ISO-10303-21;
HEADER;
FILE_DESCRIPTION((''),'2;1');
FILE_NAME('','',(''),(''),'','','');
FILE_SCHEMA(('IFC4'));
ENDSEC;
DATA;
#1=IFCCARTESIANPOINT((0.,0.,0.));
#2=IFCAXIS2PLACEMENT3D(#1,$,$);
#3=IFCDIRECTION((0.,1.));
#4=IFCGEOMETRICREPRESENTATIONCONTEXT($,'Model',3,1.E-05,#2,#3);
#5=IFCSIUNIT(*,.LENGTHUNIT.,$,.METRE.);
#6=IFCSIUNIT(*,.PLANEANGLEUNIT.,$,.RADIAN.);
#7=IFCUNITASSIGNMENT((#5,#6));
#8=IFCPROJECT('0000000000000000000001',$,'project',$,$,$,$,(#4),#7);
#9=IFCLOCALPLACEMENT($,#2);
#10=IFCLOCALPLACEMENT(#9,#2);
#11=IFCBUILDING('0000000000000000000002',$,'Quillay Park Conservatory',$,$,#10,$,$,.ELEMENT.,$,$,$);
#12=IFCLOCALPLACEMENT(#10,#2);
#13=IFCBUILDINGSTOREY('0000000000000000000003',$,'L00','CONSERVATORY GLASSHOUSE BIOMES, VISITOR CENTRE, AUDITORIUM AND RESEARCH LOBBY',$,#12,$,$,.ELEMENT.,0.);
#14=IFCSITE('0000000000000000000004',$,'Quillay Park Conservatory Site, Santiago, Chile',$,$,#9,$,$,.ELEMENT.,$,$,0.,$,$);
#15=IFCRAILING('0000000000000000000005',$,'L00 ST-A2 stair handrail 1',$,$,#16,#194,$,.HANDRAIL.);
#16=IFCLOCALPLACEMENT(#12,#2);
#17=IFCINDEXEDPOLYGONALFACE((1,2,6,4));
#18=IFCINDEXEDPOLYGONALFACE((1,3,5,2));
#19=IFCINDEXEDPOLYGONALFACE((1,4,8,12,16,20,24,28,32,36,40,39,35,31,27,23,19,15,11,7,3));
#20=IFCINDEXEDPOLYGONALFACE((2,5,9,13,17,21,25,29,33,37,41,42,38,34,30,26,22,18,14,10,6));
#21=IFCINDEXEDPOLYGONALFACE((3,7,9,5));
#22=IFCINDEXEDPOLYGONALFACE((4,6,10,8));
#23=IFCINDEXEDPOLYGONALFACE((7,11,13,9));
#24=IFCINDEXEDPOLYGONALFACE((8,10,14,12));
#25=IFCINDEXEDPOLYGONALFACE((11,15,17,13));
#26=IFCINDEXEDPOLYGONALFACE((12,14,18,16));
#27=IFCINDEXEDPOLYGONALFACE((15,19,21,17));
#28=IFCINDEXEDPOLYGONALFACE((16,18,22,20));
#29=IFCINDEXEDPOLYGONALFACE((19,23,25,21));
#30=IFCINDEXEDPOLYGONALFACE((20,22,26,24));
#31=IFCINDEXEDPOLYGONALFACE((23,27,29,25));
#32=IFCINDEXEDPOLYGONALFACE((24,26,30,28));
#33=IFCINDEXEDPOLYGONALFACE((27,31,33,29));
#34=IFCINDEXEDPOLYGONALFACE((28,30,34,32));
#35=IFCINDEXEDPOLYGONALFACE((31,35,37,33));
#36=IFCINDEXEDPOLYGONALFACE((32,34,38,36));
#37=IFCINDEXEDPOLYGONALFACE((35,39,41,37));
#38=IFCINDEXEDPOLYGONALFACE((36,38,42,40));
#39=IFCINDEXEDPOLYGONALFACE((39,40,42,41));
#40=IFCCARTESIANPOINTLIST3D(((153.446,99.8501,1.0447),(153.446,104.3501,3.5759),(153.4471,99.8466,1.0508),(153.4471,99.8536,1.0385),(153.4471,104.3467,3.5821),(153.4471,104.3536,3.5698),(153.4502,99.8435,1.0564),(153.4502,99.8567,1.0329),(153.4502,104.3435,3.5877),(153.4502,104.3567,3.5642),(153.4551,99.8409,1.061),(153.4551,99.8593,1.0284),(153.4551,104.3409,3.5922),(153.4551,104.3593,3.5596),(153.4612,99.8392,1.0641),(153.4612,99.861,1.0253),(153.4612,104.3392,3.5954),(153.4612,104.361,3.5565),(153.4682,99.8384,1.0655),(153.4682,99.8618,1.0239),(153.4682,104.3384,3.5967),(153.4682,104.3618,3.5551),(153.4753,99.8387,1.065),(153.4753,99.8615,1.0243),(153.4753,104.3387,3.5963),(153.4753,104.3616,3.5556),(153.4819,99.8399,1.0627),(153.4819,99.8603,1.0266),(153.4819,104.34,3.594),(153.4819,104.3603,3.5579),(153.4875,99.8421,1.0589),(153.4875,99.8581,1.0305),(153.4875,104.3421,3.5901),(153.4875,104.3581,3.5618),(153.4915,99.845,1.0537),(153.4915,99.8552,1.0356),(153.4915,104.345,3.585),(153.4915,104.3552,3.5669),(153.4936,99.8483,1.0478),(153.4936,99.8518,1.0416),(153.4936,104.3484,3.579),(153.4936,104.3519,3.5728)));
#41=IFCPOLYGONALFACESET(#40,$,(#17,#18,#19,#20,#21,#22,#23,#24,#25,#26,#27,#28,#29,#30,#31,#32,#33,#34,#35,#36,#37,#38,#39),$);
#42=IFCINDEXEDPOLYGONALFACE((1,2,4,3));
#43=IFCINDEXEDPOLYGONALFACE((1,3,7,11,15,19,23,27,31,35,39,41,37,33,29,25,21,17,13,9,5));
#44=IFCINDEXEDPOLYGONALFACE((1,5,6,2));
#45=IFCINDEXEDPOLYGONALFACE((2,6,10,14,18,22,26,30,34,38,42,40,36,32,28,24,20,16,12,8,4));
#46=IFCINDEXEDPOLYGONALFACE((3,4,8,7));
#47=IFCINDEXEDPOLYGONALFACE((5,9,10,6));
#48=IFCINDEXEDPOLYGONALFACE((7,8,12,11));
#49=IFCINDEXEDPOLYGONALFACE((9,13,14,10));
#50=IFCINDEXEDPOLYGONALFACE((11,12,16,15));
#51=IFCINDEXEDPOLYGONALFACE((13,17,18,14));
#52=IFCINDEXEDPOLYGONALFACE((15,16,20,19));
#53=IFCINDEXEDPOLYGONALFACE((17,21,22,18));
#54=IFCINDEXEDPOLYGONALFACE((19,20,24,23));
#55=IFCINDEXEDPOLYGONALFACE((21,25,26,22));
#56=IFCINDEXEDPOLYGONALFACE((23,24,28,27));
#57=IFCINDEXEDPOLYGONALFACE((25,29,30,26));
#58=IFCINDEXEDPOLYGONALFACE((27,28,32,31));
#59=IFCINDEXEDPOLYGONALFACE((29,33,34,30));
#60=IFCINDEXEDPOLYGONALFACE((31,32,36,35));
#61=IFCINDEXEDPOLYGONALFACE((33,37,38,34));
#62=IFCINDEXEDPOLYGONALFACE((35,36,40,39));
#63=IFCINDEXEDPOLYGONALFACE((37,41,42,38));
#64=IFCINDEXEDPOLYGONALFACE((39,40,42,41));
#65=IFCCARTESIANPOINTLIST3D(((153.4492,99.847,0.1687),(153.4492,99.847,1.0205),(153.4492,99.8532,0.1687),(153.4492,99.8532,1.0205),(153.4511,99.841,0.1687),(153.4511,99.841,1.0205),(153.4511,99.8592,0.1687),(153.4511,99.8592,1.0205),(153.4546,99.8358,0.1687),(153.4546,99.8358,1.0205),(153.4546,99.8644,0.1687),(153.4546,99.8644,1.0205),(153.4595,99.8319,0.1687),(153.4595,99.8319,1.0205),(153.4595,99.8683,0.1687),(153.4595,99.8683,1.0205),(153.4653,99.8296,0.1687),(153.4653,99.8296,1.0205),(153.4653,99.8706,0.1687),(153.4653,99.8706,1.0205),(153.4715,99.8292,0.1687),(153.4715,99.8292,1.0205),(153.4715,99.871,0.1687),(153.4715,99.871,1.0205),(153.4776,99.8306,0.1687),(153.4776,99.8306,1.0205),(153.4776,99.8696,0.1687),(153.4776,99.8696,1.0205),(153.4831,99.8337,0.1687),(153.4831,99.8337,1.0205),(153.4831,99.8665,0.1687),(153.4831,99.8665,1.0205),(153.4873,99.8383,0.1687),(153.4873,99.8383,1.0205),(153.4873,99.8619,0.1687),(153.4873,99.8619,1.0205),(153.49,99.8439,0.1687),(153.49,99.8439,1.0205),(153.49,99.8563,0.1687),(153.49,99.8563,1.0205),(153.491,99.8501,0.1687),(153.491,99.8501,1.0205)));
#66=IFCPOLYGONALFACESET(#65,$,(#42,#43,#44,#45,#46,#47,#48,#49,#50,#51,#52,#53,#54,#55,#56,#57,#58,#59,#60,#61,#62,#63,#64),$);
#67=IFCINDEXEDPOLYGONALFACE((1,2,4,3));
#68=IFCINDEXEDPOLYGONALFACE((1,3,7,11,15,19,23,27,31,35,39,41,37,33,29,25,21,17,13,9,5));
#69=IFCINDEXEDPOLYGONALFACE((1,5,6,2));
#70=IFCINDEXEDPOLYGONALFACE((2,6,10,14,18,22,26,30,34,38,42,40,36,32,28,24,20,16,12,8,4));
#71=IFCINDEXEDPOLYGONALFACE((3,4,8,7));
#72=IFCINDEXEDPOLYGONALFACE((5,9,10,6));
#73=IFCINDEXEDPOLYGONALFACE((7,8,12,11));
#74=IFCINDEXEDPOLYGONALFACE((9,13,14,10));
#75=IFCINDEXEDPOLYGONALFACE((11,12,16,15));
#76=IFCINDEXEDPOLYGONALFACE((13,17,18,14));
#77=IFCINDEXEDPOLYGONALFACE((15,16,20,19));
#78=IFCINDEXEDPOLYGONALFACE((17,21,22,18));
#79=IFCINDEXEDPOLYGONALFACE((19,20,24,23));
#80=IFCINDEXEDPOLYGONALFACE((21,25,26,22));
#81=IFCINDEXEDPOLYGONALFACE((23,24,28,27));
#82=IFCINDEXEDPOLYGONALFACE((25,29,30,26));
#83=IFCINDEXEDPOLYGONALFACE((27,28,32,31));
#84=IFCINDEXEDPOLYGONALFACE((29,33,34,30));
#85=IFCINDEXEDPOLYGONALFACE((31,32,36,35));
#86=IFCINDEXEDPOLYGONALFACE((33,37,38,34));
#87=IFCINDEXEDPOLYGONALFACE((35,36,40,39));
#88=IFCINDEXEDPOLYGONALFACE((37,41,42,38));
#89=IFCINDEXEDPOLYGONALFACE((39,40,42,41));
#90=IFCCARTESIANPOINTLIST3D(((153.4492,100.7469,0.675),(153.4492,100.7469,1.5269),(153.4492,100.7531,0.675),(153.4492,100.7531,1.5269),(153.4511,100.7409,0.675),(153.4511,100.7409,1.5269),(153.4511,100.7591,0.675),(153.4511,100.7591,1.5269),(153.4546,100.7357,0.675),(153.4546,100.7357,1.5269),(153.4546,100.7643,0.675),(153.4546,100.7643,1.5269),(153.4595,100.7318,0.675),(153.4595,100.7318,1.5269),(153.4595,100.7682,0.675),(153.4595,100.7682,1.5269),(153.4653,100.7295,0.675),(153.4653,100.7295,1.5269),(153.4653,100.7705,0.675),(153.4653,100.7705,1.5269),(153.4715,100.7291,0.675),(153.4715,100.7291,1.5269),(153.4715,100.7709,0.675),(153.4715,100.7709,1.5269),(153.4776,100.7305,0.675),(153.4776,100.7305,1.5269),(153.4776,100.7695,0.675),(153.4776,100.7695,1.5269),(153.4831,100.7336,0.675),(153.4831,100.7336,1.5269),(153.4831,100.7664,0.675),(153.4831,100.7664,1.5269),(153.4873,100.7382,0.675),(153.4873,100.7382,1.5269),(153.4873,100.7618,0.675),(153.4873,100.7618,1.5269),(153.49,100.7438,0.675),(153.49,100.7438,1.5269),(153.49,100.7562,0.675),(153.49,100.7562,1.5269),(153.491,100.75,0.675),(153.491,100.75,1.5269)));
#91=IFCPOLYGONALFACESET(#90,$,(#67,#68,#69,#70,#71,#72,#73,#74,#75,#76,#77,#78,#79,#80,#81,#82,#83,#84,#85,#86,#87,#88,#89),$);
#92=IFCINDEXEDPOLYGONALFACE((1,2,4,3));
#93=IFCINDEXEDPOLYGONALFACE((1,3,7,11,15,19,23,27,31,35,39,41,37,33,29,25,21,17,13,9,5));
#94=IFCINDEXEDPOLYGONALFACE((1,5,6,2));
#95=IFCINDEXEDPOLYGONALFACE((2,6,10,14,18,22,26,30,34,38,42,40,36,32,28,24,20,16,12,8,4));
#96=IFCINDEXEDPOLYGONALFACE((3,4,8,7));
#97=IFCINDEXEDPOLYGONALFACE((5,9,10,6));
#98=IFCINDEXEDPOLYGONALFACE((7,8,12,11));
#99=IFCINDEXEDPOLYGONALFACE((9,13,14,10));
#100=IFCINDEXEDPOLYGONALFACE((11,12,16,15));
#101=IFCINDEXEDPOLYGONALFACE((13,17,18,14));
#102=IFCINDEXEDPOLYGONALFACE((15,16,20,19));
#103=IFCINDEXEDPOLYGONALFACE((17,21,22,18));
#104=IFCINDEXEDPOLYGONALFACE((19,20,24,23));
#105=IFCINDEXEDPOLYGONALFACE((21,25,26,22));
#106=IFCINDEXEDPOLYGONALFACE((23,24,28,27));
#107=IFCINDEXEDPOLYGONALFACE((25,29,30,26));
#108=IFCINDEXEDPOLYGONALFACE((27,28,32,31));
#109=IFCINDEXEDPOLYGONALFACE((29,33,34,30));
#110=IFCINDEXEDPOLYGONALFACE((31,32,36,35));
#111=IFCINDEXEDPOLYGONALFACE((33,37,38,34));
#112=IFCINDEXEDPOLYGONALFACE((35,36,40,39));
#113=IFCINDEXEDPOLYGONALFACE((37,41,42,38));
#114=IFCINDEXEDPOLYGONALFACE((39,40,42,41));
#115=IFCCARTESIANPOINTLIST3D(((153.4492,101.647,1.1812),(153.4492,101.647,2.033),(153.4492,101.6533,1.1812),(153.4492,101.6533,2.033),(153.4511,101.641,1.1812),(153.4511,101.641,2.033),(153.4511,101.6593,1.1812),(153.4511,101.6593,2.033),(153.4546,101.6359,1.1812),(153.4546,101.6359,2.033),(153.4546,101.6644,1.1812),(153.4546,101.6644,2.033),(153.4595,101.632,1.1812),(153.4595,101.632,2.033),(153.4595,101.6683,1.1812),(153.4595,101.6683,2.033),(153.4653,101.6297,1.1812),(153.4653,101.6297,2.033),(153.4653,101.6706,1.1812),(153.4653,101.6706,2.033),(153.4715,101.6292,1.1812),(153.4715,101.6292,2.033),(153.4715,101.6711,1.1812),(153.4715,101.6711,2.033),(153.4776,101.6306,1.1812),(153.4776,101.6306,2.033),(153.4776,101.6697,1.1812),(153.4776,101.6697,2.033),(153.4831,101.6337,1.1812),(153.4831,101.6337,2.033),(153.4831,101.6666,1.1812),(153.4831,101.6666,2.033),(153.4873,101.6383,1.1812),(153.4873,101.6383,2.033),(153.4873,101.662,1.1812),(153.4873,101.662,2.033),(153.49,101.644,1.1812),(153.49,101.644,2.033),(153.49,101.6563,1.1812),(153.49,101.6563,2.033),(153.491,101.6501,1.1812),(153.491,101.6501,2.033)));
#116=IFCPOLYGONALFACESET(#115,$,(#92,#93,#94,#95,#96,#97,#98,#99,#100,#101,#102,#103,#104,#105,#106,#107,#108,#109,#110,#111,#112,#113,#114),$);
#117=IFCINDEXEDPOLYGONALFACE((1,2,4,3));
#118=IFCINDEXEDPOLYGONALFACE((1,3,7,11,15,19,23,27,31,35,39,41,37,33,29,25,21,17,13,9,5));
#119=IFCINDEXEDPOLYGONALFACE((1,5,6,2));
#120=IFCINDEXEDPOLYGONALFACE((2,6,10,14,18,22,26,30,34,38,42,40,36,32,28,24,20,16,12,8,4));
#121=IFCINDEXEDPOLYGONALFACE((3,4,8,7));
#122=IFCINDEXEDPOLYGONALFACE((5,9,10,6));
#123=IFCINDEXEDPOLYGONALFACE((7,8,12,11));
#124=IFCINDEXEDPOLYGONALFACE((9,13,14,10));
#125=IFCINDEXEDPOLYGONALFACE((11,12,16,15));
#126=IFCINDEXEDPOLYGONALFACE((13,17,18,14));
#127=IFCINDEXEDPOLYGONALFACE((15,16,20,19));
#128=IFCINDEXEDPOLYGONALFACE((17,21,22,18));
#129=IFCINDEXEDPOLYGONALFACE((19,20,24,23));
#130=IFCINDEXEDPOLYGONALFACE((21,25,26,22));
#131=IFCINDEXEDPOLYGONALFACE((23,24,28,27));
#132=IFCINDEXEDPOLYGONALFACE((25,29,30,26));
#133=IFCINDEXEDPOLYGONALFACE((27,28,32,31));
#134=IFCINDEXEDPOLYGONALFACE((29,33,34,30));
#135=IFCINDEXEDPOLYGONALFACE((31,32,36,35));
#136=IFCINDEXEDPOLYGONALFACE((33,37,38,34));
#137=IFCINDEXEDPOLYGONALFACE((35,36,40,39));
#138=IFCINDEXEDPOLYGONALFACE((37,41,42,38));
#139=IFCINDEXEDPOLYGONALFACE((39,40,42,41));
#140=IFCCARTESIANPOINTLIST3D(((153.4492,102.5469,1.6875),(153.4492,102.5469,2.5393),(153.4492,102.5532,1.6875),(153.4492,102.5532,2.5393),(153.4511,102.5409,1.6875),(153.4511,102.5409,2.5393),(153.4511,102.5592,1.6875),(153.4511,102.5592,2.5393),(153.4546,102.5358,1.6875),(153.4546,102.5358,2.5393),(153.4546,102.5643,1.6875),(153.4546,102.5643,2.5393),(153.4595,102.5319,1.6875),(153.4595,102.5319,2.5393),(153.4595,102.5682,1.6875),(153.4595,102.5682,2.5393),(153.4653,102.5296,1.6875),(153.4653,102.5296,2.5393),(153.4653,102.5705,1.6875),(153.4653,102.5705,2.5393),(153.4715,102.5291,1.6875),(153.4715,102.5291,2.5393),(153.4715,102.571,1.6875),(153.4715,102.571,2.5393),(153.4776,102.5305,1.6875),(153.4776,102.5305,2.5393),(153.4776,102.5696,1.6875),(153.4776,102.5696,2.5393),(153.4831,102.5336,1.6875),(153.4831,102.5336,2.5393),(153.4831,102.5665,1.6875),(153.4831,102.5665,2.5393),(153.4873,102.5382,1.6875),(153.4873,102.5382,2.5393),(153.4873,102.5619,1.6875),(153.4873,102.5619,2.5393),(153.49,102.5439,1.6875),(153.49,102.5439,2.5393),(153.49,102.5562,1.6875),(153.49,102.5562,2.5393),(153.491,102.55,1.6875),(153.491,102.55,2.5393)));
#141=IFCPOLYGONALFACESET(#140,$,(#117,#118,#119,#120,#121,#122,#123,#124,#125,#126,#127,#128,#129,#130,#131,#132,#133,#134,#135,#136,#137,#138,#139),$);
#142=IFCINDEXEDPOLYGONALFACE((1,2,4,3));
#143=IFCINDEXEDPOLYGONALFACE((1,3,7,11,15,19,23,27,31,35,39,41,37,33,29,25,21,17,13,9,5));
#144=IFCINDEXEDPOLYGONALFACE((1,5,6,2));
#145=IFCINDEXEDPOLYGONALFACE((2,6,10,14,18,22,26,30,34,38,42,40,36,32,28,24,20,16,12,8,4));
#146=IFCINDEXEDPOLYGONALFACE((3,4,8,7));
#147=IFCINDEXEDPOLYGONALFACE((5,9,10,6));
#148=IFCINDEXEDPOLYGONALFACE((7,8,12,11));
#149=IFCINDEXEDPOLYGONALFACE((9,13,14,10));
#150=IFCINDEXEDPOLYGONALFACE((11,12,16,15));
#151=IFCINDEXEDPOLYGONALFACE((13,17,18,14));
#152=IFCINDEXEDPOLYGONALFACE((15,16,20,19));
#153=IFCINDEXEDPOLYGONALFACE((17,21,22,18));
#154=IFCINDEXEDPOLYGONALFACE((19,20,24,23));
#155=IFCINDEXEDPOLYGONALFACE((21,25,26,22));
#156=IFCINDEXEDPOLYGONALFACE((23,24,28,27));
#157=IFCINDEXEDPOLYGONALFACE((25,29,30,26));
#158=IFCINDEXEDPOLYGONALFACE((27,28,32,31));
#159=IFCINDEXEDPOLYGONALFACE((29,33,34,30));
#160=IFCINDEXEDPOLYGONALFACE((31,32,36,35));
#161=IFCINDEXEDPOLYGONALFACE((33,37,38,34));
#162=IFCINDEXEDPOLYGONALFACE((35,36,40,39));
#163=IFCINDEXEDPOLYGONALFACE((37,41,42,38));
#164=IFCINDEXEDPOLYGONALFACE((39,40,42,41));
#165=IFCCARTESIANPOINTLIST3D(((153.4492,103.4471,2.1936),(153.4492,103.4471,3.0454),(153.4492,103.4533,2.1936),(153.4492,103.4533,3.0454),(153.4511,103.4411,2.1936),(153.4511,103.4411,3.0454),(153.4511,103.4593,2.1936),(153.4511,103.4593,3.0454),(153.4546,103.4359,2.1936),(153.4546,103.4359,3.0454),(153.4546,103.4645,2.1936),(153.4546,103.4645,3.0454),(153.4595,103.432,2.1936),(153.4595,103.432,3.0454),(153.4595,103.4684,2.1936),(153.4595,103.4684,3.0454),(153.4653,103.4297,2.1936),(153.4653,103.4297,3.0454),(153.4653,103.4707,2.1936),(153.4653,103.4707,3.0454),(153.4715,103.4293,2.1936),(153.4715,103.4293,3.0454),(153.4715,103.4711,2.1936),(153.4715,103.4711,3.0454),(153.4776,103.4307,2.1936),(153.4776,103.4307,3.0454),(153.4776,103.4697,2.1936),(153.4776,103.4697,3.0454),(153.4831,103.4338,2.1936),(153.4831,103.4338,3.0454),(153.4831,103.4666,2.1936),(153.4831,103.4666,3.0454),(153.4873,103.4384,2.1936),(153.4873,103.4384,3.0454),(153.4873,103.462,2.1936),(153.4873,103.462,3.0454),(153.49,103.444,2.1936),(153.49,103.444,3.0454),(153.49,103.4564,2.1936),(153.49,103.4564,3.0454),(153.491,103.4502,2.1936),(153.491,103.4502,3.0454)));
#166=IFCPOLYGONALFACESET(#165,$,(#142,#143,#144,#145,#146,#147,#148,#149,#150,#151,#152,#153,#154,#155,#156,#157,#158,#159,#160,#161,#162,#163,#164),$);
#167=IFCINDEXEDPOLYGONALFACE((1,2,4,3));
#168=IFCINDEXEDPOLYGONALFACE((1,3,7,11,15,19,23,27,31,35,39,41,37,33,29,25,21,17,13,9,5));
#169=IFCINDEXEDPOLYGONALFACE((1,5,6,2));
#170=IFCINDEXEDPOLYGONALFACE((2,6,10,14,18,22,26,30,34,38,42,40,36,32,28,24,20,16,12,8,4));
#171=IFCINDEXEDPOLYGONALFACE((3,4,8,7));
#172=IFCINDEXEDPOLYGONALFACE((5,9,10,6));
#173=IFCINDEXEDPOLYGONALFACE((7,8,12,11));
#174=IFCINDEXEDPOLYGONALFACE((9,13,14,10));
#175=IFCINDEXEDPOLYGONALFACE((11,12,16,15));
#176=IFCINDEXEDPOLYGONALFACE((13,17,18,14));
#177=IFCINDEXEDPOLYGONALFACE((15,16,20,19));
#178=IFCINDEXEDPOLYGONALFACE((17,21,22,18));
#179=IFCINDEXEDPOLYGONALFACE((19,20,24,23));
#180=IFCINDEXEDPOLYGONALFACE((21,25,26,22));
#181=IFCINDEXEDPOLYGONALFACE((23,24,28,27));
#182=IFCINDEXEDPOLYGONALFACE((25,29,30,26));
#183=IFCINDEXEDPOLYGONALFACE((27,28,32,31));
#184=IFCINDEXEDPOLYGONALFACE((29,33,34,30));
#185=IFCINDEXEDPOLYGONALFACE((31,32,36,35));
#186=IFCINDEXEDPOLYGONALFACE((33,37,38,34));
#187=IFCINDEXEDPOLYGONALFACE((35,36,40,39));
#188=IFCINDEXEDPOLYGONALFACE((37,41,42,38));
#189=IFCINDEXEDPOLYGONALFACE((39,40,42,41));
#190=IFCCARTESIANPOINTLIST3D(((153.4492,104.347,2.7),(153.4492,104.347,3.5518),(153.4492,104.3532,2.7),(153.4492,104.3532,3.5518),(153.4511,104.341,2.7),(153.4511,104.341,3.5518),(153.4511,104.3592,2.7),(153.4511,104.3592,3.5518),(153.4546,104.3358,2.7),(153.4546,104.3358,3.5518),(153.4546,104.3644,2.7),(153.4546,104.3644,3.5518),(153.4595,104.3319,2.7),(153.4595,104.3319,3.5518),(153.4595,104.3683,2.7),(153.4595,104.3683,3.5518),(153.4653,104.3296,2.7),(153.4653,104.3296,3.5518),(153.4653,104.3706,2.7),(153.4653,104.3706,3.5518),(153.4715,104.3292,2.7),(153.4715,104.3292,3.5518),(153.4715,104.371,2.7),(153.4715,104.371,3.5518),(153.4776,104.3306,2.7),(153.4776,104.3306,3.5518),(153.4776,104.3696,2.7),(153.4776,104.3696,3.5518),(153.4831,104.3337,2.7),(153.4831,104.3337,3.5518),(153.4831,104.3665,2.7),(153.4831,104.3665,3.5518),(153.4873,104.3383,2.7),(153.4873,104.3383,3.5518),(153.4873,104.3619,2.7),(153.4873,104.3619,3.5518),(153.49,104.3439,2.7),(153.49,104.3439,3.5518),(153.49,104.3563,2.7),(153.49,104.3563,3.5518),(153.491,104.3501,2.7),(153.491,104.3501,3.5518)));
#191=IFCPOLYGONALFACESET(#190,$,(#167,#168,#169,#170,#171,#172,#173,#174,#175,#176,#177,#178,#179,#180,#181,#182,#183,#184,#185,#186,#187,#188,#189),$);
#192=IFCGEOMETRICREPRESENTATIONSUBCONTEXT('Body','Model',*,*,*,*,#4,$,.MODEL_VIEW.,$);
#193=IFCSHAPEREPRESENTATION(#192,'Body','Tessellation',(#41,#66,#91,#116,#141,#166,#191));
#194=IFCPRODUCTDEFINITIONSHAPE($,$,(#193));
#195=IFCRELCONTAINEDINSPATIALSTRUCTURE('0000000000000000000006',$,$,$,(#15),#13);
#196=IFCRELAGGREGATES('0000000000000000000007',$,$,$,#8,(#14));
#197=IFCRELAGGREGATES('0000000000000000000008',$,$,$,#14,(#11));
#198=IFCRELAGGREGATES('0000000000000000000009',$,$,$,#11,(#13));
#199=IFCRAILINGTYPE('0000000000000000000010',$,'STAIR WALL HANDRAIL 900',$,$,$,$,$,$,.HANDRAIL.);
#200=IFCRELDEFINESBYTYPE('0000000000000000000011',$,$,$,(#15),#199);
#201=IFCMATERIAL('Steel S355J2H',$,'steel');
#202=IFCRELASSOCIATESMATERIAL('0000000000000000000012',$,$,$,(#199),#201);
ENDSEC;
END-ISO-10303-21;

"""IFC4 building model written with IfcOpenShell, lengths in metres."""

from ifc_helpers import new_model, si_unit, direction, frame, origin, origin_2d, place, context, subcontext, project, spatial, circle, extrude, material, type_object, element, save


model = new_model("IFC4")

# Units and contexts
model_context = context("Model", 3, precision=1e-05, world=origin(), true_north=direction((0.0, 1.0)))
body_context = subcontext(model_context, "Body", "Model", "MODEL_VIEW")
ifc_project = project(units=[si_unit("LENGTHUNIT", "METRE"), si_unit("PLANEANGLEUNIT", "RADIAN")], contexts=[model_context])

# Site, building, storey
site_placement = place(None, origin())
site = spatial("IfcSite", under=ifc_project, at=site_placement, Name="Quillay Park Conservatory Site, Santiago, Chile", CompositionType="ELEMENT", RefElevation=0.0)
building_placement = place(site_placement, origin())
building = spatial("IfcBuilding", under=site, at=building_placement, Name="Quillay Park Conservatory", CompositionType="ELEMENT")
storey_placement = place(building_placement, origin())
storey = spatial("IfcBuildingStorey", under=building, at=storey_placement, Name="L00", Description="CONSERVATORY GLASSHOUSE BIOMES, VISITOR CENTRE, AUDITORIUM AND RESEARCH LOBBY", CompositionType="ELEMENT", Elevation=0.0)

# Railing
ifc_material_1 = material(Name="Steel S355J2H", Category="steel")
railing_type = type_object("IfcRailingType", Name="STAIR WALL HANDRAIL 900", PredefinedType="HANDRAIL", material=ifc_material_1)
railing_placement = place(storey_placement, frame((153.47, 99.8501, 0.1687)))
element("IfcRailing", 1, at=railing_placement, inside=storey, type_object=railing_type, Name="L00 ST-A2 stair handrail 1", PredefinedType="HANDRAIL", context=body_context, shape_type="SweptSolid", body=[
    extrude(circle(Radius=0.0239, at=origin_2d()), frame((0.0, 0.0, 0.876), z_axis=(0.0, 0.871576, 0.490261), x_axis=(-1.0, 0.0, 0.0)), (0.0, 0.0, 1.0), 5.1631),
    extrude(circle(Radius=0.021, at=origin_2d()), origin(), (0.0, 0.0, 1.0), 0.8518),
    extrude(circle(Radius=0.021, at=origin_2d()), frame((0.0, 0.8999, 0.5063)), (0.0, 0.0, 1.0), 0.8518),
    extrude(circle(Radius=0.021, at=origin_2d()), frame((0.0, 1.8, 1.0125)), (0.0, 0.0, 1.0), 0.8518),
    extrude(circle(Radius=0.021, at=origin_2d()), frame((0.0, 2.7, 1.5188)), (0.0, 0.0, 1.0), 0.8518),
    extrude(circle(Radius=0.021, at=origin_2d()), frame((0.0, 3.6001, 2.0249)), (0.0, 0.0, 1.0), 0.8518),
    extrude(circle(Radius=0.021, at=origin_2d()), frame((0.0, 4.5, 2.5312)), (0.0, 0.0, 1.0), 0.8518),
])

save(model, "model.ifc")
